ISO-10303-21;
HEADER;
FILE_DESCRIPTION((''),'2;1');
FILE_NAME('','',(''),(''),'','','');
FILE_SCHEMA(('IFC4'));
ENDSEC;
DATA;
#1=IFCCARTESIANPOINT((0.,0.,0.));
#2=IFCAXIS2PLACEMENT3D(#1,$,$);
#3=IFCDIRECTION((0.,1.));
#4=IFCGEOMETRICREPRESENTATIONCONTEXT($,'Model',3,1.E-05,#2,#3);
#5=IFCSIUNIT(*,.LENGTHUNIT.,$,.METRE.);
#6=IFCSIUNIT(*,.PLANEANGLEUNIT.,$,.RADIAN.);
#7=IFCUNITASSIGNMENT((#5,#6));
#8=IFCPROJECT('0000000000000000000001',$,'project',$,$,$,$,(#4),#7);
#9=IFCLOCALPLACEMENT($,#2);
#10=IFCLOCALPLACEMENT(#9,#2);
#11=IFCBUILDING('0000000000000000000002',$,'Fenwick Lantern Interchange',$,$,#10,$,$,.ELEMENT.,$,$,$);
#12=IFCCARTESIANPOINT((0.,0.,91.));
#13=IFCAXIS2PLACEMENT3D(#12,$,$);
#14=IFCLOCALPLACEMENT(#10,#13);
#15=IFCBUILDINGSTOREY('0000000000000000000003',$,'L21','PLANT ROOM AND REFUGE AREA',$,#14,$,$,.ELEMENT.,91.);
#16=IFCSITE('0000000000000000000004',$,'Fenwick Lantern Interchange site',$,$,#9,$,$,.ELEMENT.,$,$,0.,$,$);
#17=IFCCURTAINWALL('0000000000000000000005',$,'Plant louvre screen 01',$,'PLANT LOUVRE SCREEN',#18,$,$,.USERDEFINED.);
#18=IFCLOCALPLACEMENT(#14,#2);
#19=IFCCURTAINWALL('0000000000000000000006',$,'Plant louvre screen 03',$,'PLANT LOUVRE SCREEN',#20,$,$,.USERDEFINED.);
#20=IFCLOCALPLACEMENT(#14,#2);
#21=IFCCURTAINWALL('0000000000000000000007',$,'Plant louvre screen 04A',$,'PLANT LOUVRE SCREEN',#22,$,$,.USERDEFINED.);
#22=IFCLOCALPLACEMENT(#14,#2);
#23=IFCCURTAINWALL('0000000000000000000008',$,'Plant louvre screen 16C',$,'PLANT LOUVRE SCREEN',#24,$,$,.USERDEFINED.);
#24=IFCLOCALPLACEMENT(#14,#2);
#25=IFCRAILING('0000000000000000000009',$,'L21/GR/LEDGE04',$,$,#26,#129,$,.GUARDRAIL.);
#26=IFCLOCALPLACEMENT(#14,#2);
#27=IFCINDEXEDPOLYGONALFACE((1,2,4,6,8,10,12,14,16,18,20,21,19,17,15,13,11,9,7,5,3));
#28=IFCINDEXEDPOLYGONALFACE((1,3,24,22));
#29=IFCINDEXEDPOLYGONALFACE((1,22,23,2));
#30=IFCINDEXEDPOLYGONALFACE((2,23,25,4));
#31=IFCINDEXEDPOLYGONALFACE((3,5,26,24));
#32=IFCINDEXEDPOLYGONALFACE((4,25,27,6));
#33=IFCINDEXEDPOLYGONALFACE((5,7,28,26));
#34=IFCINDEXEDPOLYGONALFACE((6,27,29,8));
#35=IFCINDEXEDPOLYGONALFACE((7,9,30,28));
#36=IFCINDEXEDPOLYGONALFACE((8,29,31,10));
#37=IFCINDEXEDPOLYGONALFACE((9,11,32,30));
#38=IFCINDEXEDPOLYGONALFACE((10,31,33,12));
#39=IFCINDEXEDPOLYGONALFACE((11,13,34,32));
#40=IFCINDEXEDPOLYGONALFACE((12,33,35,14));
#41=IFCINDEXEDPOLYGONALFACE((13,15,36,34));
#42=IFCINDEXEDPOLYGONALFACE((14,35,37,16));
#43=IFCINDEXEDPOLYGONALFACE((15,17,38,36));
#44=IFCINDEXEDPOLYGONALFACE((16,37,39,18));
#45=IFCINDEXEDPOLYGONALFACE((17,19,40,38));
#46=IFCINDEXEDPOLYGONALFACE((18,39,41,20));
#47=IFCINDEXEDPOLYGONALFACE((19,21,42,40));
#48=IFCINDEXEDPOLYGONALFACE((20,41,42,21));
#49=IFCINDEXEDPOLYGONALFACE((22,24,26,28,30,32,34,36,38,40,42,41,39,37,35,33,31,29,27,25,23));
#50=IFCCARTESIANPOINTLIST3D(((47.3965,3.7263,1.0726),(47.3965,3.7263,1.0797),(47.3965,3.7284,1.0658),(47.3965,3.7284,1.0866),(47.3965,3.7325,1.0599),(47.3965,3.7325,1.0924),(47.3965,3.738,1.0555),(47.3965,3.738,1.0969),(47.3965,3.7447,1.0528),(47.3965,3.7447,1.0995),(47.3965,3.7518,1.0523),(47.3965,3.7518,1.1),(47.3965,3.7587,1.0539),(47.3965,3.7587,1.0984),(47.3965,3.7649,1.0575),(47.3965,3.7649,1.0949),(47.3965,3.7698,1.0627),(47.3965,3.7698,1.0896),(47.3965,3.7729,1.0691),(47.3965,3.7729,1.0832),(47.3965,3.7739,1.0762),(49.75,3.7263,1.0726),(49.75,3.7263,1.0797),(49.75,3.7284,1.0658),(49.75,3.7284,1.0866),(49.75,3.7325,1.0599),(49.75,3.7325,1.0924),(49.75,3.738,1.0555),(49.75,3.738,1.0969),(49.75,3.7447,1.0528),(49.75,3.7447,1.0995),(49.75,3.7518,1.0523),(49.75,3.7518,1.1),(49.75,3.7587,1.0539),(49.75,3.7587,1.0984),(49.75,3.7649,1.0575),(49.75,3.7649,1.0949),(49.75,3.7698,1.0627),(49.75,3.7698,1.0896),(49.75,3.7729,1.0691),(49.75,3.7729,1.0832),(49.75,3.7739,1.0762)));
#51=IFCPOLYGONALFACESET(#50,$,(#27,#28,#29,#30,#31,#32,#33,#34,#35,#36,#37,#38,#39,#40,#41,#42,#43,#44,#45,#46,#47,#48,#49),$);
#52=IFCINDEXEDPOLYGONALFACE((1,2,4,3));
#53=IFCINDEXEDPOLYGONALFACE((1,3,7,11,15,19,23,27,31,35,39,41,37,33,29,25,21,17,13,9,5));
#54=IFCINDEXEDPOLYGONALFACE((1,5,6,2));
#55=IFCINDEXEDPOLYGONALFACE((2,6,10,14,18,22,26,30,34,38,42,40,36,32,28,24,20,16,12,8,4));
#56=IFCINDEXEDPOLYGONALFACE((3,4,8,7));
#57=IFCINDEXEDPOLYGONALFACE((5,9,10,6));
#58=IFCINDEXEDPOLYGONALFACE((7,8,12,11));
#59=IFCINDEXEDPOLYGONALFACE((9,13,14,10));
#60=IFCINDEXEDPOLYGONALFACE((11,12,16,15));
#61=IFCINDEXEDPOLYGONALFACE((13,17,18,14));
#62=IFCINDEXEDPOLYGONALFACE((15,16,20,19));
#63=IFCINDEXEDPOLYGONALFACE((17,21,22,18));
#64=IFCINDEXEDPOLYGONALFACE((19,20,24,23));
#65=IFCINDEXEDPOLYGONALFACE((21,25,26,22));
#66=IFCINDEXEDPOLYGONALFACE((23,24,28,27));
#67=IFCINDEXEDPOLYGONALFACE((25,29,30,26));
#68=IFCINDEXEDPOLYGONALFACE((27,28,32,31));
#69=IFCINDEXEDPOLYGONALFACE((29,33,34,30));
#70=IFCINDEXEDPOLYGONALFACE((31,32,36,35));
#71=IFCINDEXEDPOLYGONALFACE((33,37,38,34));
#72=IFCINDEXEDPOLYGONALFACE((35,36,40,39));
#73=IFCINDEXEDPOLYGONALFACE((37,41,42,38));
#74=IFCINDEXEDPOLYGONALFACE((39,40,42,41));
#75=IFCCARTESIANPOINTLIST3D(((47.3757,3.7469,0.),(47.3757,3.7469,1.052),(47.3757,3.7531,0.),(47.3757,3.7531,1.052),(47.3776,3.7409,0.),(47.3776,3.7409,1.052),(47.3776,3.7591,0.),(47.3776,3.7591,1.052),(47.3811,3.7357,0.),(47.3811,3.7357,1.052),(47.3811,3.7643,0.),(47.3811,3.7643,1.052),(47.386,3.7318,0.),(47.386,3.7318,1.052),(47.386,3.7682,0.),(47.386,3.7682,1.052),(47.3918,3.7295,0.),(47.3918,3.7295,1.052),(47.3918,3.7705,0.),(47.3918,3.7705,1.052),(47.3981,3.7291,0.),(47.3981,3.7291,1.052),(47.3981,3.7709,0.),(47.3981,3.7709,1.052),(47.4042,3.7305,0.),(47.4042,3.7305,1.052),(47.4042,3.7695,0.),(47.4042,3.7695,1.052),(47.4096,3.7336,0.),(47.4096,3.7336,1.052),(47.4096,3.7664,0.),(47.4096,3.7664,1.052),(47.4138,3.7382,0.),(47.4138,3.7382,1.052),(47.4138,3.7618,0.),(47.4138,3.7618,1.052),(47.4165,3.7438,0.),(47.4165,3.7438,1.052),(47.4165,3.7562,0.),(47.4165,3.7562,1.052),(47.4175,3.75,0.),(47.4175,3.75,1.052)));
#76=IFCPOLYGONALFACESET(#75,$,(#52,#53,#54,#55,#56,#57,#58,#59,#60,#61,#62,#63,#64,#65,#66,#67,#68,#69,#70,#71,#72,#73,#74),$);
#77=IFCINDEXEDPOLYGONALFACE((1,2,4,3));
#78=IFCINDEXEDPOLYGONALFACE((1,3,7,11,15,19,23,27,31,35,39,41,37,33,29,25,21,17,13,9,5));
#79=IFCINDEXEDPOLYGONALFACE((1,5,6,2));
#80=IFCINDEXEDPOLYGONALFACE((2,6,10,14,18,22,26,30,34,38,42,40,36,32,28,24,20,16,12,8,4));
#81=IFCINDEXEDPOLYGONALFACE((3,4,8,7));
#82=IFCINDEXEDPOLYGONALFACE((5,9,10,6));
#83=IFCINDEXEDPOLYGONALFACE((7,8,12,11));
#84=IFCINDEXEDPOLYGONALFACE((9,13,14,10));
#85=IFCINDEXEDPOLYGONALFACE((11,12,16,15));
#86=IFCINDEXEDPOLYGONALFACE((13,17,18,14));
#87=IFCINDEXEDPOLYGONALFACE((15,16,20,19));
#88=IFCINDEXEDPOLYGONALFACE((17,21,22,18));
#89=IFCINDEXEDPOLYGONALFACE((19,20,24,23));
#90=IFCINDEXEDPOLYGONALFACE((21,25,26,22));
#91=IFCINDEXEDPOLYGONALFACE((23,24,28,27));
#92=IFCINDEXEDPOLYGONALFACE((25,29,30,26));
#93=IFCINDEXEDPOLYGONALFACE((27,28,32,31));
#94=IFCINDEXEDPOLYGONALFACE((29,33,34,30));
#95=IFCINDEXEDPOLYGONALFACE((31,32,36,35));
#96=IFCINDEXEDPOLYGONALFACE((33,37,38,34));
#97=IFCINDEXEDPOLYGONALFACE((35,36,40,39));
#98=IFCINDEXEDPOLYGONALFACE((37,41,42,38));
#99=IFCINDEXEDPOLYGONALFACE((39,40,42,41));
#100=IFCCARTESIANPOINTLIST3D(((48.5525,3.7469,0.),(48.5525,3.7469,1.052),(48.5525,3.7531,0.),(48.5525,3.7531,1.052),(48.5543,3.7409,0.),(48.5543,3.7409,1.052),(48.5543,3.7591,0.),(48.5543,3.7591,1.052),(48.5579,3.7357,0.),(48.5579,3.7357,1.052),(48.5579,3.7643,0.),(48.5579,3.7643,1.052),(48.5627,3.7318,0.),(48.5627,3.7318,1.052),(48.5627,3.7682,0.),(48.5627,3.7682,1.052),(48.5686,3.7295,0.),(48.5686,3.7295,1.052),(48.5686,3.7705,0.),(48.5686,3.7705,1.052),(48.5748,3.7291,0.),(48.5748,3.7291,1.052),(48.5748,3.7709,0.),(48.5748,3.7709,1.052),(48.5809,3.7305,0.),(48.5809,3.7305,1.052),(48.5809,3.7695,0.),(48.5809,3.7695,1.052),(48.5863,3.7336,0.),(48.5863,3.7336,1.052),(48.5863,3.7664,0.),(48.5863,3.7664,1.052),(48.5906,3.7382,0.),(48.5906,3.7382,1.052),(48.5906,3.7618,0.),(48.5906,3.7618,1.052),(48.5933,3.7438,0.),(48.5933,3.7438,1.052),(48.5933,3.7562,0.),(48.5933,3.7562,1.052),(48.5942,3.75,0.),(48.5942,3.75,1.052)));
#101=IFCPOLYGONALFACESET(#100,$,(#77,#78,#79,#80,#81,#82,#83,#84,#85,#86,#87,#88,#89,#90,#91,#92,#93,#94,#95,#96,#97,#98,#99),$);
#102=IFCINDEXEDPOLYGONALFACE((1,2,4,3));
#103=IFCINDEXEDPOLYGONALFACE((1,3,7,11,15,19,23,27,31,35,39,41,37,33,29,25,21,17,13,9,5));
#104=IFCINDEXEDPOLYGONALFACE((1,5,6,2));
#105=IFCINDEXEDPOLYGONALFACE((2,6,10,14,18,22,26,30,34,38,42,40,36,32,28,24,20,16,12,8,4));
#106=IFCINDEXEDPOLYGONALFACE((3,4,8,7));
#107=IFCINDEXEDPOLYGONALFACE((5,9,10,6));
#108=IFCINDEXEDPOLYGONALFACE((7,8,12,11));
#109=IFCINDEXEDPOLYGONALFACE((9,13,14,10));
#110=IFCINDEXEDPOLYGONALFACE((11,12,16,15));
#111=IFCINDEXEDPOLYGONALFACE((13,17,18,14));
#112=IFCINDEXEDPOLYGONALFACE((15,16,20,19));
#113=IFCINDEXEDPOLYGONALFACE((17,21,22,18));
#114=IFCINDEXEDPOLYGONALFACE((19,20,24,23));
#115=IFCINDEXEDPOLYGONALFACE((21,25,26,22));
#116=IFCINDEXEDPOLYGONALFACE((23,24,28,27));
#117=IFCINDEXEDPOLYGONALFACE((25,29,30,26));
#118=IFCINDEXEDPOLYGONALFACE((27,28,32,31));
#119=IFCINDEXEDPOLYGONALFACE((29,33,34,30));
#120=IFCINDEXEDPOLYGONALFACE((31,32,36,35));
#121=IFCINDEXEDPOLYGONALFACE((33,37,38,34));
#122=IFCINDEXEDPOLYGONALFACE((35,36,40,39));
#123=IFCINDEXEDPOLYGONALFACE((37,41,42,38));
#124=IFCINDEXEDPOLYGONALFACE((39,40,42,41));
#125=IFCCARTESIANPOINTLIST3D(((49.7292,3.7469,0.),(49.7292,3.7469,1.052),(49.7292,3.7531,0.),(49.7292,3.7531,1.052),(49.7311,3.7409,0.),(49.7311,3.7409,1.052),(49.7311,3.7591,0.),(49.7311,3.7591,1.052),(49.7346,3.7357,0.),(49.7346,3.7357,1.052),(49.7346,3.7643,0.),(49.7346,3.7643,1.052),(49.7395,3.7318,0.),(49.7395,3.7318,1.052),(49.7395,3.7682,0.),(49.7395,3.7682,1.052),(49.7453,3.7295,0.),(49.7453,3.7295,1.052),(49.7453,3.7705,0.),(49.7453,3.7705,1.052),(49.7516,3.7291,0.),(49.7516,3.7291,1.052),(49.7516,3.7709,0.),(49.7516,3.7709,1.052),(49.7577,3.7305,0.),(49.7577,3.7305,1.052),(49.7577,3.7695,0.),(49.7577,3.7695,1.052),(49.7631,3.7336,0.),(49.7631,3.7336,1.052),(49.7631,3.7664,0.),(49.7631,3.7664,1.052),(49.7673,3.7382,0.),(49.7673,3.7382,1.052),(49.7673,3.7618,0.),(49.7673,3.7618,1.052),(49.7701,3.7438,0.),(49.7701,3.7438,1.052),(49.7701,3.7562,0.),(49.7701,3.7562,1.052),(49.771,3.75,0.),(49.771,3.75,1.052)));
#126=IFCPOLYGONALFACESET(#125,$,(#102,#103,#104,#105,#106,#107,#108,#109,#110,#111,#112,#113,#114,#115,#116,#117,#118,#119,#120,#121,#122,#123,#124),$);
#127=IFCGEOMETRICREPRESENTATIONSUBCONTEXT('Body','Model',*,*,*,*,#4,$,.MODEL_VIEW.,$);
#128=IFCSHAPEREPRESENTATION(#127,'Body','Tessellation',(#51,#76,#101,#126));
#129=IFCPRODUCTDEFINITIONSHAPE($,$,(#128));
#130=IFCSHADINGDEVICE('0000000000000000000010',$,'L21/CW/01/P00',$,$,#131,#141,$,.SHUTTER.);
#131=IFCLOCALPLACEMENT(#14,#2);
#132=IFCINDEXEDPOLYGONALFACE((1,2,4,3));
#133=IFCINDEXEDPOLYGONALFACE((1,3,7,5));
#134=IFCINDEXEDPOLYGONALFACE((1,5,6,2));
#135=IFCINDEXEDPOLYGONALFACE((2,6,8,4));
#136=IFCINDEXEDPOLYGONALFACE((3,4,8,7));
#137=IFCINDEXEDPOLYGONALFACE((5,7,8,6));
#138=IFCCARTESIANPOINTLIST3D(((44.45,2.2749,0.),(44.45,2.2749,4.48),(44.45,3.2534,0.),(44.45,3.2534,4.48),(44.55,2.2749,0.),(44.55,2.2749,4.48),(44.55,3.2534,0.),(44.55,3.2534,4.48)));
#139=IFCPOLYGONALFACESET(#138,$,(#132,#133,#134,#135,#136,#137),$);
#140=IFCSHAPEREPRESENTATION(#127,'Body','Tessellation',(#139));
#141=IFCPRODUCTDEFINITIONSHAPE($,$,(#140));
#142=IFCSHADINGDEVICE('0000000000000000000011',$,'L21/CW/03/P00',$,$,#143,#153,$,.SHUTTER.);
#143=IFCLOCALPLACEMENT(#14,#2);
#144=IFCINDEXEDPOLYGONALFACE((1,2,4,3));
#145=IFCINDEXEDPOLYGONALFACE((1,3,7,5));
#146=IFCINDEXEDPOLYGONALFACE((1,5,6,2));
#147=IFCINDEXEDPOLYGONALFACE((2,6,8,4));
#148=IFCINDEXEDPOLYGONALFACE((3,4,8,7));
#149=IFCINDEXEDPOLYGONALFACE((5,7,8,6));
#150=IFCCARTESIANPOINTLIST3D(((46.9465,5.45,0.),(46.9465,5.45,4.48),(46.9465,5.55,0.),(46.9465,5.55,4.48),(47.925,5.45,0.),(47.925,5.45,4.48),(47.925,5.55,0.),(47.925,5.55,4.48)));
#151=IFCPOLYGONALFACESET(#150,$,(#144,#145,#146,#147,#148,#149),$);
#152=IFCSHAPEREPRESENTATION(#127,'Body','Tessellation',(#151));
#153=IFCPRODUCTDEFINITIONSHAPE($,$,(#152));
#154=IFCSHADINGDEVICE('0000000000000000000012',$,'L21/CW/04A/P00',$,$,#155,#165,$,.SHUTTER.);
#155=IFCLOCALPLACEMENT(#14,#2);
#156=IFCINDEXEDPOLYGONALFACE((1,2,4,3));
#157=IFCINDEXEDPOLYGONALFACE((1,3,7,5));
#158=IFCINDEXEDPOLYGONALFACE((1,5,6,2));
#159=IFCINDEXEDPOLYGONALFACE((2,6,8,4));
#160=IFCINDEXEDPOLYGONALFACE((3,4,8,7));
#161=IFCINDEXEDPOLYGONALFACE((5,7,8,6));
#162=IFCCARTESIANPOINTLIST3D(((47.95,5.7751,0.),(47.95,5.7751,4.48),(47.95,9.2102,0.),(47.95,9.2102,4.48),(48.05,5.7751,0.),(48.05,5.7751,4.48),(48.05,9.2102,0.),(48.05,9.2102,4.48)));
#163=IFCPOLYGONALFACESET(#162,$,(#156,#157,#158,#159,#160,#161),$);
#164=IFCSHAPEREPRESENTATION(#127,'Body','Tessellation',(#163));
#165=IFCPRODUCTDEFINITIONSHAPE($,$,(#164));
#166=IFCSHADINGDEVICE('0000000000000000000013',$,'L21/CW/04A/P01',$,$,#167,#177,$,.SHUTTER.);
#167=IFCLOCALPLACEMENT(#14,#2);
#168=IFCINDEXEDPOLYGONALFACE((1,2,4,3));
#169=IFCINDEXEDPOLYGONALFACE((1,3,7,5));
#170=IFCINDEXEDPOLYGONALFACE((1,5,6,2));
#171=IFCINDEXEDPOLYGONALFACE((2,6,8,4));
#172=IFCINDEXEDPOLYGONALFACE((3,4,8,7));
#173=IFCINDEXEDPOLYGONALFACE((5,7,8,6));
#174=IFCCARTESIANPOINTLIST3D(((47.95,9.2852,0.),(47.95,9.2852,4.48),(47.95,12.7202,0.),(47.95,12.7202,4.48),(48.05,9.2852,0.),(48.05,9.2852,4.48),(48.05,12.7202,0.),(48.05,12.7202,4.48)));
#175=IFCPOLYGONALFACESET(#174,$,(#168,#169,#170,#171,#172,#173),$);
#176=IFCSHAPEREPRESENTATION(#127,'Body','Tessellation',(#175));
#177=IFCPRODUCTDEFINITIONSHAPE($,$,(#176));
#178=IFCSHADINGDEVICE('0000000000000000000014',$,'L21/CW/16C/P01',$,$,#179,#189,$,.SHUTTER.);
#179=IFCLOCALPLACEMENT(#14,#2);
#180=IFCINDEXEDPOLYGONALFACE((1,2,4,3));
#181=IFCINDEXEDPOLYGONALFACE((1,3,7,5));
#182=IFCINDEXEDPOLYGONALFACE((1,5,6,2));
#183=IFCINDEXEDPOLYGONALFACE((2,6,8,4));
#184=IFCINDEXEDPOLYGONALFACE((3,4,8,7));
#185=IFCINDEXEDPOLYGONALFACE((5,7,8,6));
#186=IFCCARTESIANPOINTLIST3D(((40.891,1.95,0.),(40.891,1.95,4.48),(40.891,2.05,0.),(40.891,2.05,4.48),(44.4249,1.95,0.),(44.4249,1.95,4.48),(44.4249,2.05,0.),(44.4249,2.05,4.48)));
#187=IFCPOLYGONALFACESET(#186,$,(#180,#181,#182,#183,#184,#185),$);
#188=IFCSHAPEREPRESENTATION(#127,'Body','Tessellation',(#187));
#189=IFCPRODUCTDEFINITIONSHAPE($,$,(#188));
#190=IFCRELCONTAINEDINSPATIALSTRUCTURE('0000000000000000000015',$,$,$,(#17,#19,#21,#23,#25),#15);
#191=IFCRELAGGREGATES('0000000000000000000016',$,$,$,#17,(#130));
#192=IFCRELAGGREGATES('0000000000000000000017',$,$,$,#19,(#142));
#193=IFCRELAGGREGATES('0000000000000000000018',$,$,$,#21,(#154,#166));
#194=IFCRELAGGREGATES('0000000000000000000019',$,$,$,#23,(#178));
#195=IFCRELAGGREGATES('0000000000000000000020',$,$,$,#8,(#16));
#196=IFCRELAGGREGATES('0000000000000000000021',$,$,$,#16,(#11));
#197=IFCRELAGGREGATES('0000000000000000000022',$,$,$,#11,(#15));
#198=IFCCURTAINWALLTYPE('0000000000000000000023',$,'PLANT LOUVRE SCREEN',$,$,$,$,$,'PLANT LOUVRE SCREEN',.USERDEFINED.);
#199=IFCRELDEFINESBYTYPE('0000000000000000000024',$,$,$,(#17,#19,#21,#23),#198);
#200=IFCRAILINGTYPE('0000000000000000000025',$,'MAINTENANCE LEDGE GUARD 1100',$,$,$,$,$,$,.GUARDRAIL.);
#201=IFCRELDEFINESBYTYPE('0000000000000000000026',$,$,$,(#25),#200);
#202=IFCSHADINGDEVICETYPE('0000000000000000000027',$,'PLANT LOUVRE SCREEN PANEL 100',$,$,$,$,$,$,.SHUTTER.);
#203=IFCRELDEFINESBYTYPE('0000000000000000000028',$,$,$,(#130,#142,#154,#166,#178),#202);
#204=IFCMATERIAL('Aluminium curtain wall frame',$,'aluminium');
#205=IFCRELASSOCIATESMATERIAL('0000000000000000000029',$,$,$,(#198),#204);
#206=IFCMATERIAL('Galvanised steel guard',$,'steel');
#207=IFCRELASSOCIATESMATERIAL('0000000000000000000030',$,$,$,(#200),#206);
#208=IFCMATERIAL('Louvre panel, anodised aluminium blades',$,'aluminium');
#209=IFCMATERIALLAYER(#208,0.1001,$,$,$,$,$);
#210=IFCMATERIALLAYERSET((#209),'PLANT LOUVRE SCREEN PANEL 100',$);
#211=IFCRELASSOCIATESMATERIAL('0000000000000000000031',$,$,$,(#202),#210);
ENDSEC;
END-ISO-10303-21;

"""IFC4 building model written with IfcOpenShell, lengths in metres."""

from ifc_helpers import new_model, si_unit, direction, frame, origin, origin_2d, place, context, subcontext, project, spatial, rectangle, circle, extrude, material, layer, layer_set, type_object, element, aggregate, save


model = new_model("IFC4")

# Units and contexts
model_context = context("Model", 3, precision=1e-05, world=origin(), true_north=direction((0.0, 1.0)))
body_context = subcontext(model_context, "Body", "Model", "MODEL_VIEW")
ifc_project = project(units=[si_unit("LENGTHUNIT", "METRE"), si_unit("PLANEANGLEUNIT", "RADIAN")], contexts=[model_context])

# Site, building, storey
site_placement = place(None, origin())
site = spatial("IfcSite", under=ifc_project, at=site_placement, Name="Fenwick Lantern Interchange site", CompositionType="ELEMENT", RefElevation=0.0)
building_placement = place(site_placement, origin())
building = spatial("IfcBuilding", under=site, at=building_placement, Name="Fenwick Lantern Interchange", CompositionType="ELEMENT")
storey_placement = place(building_placement, frame((0.0, 0.0, 91.0)))
storey = spatial("IfcBuildingStorey", under=building, at=storey_placement, Name="L21", Description="PLANT ROOM AND REFUGE AREA", CompositionType="ELEMENT", Elevation=91.0)

# Curtain walls
ifc_material_1 = material(Name="Aluminium curtain wall frame", Category="aluminium")
curtain_wall_type = type_object("IfcCurtainWallType", Name="PLANT LOUVRE SCREEN", ElementType="PLANT LOUVRE SCREEN", PredefinedType="USERDEFINED", material=ifc_material_1)
curtain_wall_1_placement = place(storey_placement, origin())
curtain_wall_1 = element("IfcCurtainWall", 1, at=curtain_wall_1_placement, inside=storey, type_object=curtain_wall_type, Name="Plant louvre screen 01", ObjectType="PLANT LOUVRE SCREEN", PredefinedType="USERDEFINED")
curtain_wall_2_placement = place(storey_placement, origin())
curtain_wall_2 = element("IfcCurtainWall", 2, at=curtain_wall_2_placement, inside=storey, type_object=curtain_wall_type, Name="Plant louvre screen 03", ObjectType="PLANT LOUVRE SCREEN", PredefinedType="USERDEFINED")
curtain_wall_3_placement = place(storey_placement, origin())
curtain_wall_3 = element("IfcCurtainWall", 3, at=curtain_wall_3_placement, inside=storey, type_object=curtain_wall_type, Name="Plant louvre screen 04A", ObjectType="PLANT LOUVRE SCREEN", PredefinedType="USERDEFINED")

# Curtain wall
curtain_wall_4_placement = place(storey_placement, origin())
curtain_wall_4 = element("IfcCurtainWall", 4, at=curtain_wall_4_placement, inside=storey, type_object=curtain_wall_type, Name="Plant louvre screen 16C", ObjectType="PLANT LOUVRE SCREEN", PredefinedType="USERDEFINED")

# Railing
ifc_material_2 = material(Name="Galvanised steel guard", Category="steel")
railing_type = type_object("IfcRailingType", Name="MAINTENANCE LEDGE GUARD 1100", PredefinedType="GUARDRAIL", material=ifc_material_2)
railing_1_placement = place(storey_placement, frame((47.3965, 3.75, 0.0)))
element("IfcRailing", 5, at=railing_1_placement, inside=storey, type_object=railing_type, Name="L21/GR/LEDGE04", PredefinedType="GUARDRAIL", context=body_context, shape_type="SweptSolid", body=[
    extrude(circle(Radius=0.0239, at=origin_2d()), frame((0.0, 0.0, 1.0762), z_axis=(1.0, 0.0, 0.0), x_axis=(0.0, 1.0, 0.0)), (0.0, 0.0, 1.0), 2.3535),
    extrude(circle(Radius=0.021, at=origin_2d()), origin(), (0.0, 0.0, 1.0), 1.052),
    extrude(circle(Radius=0.021, at=origin_2d()), frame((1.1768, 0.0, 0.0)), (0.0, 0.0, 1.0), 1.052),
    extrude(circle(Radius=0.021, at=origin_2d()), frame((2.3535, 0.0, 0.0)), (0.0, 0.0, 1.0), 1.052),
])

# Shading devices
ifc_material_3 = material(Name="Louvre panel, anodised aluminium blades", Category="aluminium")
ifc_layer_1 = layer(ifc_material_3, 0.1001)
ifc_layer_set_1 = layer_set([ifc_layer_1], Name="PLANT LOUVRE SCREEN PANEL 100")
shading_device_type = type_object("IfcShadingDeviceType", Name="PLANT LOUVRE SCREEN PANEL 100", PredefinedType="SHUTTER", material=ifc_layer_set_1)
shading_device_1_placement = place(storey_placement, frame((44.5, 2.7642, 0.0), z_axis=(0.0, 0.0, 1.0), x_axis=(0.0, 1.0, 0.0)))
shading_device_1 = element("IfcShadingDevice", 6, at=shading_device_1_placement, type_object=shading_device_type, Name="L21/CW/01/P00", PredefinedType="SHUTTER", context=body_context, shape_type="SweptSolid", body=[
    extrude(rectangle(XDim=0.9785, YDim=0.1001, at=origin_2d()), origin(), (0.0, 0.0, 1.0), 4.48),
])
aggregate(curtain_wall_1, [shading_device_1])
shading_device_2_placement = place(storey_placement, frame((47.4358, 5.5, 0.0), z_axis=(0.0, 0.0, 1.0), x_axis=(1.0, 0.0, 0.0)))
shading_device_2 = element("IfcShadingDevice", 7, at=shading_device_2_placement, type_object=shading_device_type, Name="L21/CW/03/P00", PredefinedType="SHUTTER", context=body_context, shape_type="SweptSolid", body=[
    extrude(rectangle(XDim=0.9785, YDim=0.1001, at=origin_2d()), origin(), (0.0, 0.0, 1.0), 4.48),
])
aggregate(curtain_wall_2, [shading_device_2])
shading_device_3_placement = place(storey_placement, frame((48.0, 7.4927, 0.0), z_axis=(0.0, 0.0, 1.0), x_axis=(0.0, 1.0, 0.0)))
shading_device_3 = element("IfcShadingDevice", 8, at=shading_device_3_placement, type_object=shading_device_type, Name="L21/CW/04A/P00", PredefinedType="SHUTTER", context=body_context, shape_type="SweptSolid", body=[
    extrude(rectangle(XDim=3.4351, YDim=0.1001, at=origin_2d()), origin(), (0.0, 0.0, 1.0), 4.48),
])
shading_device_4_placement = place(storey_placement, frame((48.0, 11.0027, 0.0), z_axis=(0.0, 0.0, 1.0), x_axis=(0.0, 1.0, 0.0)))
shading_device_4 = element("IfcShadingDevice", 9, at=shading_device_4_placement, type_object=shading_device_type, Name="L21/CW/04A/P01", PredefinedType="SHUTTER", context=body_context, shape_type="SweptSolid", body=[
    extrude(rectangle(XDim=3.4351, YDim=0.1001, at=origin_2d()), origin(), (0.0, 0.0, 1.0), 4.48),
])
aggregate(curtain_wall_3, [shading_device_3, shading_device_4])
shading_device_5_placement = place(storey_placement, frame((42.658, 2.0, 0.0), z_axis=(0.0, 0.0, 1.0), x_axis=(1.0, 0.0, 0.0)))
shading_device_5 = element("IfcShadingDevice", 10, at=shading_device_5_placement, type_object=shading_device_type, Name="L21/CW/16C/P01", PredefinedType="SHUTTER", context=body_context, shape_type="SweptSolid", body=[
    extrude(rectangle(XDim=3.5339, YDim=0.1001, at=origin_2d()), origin(), (0.0, 0.0, 1.0), 4.48),
])
aggregate(curtain_wall_4, [shading_device_5])

save(model, "model.ifc")
